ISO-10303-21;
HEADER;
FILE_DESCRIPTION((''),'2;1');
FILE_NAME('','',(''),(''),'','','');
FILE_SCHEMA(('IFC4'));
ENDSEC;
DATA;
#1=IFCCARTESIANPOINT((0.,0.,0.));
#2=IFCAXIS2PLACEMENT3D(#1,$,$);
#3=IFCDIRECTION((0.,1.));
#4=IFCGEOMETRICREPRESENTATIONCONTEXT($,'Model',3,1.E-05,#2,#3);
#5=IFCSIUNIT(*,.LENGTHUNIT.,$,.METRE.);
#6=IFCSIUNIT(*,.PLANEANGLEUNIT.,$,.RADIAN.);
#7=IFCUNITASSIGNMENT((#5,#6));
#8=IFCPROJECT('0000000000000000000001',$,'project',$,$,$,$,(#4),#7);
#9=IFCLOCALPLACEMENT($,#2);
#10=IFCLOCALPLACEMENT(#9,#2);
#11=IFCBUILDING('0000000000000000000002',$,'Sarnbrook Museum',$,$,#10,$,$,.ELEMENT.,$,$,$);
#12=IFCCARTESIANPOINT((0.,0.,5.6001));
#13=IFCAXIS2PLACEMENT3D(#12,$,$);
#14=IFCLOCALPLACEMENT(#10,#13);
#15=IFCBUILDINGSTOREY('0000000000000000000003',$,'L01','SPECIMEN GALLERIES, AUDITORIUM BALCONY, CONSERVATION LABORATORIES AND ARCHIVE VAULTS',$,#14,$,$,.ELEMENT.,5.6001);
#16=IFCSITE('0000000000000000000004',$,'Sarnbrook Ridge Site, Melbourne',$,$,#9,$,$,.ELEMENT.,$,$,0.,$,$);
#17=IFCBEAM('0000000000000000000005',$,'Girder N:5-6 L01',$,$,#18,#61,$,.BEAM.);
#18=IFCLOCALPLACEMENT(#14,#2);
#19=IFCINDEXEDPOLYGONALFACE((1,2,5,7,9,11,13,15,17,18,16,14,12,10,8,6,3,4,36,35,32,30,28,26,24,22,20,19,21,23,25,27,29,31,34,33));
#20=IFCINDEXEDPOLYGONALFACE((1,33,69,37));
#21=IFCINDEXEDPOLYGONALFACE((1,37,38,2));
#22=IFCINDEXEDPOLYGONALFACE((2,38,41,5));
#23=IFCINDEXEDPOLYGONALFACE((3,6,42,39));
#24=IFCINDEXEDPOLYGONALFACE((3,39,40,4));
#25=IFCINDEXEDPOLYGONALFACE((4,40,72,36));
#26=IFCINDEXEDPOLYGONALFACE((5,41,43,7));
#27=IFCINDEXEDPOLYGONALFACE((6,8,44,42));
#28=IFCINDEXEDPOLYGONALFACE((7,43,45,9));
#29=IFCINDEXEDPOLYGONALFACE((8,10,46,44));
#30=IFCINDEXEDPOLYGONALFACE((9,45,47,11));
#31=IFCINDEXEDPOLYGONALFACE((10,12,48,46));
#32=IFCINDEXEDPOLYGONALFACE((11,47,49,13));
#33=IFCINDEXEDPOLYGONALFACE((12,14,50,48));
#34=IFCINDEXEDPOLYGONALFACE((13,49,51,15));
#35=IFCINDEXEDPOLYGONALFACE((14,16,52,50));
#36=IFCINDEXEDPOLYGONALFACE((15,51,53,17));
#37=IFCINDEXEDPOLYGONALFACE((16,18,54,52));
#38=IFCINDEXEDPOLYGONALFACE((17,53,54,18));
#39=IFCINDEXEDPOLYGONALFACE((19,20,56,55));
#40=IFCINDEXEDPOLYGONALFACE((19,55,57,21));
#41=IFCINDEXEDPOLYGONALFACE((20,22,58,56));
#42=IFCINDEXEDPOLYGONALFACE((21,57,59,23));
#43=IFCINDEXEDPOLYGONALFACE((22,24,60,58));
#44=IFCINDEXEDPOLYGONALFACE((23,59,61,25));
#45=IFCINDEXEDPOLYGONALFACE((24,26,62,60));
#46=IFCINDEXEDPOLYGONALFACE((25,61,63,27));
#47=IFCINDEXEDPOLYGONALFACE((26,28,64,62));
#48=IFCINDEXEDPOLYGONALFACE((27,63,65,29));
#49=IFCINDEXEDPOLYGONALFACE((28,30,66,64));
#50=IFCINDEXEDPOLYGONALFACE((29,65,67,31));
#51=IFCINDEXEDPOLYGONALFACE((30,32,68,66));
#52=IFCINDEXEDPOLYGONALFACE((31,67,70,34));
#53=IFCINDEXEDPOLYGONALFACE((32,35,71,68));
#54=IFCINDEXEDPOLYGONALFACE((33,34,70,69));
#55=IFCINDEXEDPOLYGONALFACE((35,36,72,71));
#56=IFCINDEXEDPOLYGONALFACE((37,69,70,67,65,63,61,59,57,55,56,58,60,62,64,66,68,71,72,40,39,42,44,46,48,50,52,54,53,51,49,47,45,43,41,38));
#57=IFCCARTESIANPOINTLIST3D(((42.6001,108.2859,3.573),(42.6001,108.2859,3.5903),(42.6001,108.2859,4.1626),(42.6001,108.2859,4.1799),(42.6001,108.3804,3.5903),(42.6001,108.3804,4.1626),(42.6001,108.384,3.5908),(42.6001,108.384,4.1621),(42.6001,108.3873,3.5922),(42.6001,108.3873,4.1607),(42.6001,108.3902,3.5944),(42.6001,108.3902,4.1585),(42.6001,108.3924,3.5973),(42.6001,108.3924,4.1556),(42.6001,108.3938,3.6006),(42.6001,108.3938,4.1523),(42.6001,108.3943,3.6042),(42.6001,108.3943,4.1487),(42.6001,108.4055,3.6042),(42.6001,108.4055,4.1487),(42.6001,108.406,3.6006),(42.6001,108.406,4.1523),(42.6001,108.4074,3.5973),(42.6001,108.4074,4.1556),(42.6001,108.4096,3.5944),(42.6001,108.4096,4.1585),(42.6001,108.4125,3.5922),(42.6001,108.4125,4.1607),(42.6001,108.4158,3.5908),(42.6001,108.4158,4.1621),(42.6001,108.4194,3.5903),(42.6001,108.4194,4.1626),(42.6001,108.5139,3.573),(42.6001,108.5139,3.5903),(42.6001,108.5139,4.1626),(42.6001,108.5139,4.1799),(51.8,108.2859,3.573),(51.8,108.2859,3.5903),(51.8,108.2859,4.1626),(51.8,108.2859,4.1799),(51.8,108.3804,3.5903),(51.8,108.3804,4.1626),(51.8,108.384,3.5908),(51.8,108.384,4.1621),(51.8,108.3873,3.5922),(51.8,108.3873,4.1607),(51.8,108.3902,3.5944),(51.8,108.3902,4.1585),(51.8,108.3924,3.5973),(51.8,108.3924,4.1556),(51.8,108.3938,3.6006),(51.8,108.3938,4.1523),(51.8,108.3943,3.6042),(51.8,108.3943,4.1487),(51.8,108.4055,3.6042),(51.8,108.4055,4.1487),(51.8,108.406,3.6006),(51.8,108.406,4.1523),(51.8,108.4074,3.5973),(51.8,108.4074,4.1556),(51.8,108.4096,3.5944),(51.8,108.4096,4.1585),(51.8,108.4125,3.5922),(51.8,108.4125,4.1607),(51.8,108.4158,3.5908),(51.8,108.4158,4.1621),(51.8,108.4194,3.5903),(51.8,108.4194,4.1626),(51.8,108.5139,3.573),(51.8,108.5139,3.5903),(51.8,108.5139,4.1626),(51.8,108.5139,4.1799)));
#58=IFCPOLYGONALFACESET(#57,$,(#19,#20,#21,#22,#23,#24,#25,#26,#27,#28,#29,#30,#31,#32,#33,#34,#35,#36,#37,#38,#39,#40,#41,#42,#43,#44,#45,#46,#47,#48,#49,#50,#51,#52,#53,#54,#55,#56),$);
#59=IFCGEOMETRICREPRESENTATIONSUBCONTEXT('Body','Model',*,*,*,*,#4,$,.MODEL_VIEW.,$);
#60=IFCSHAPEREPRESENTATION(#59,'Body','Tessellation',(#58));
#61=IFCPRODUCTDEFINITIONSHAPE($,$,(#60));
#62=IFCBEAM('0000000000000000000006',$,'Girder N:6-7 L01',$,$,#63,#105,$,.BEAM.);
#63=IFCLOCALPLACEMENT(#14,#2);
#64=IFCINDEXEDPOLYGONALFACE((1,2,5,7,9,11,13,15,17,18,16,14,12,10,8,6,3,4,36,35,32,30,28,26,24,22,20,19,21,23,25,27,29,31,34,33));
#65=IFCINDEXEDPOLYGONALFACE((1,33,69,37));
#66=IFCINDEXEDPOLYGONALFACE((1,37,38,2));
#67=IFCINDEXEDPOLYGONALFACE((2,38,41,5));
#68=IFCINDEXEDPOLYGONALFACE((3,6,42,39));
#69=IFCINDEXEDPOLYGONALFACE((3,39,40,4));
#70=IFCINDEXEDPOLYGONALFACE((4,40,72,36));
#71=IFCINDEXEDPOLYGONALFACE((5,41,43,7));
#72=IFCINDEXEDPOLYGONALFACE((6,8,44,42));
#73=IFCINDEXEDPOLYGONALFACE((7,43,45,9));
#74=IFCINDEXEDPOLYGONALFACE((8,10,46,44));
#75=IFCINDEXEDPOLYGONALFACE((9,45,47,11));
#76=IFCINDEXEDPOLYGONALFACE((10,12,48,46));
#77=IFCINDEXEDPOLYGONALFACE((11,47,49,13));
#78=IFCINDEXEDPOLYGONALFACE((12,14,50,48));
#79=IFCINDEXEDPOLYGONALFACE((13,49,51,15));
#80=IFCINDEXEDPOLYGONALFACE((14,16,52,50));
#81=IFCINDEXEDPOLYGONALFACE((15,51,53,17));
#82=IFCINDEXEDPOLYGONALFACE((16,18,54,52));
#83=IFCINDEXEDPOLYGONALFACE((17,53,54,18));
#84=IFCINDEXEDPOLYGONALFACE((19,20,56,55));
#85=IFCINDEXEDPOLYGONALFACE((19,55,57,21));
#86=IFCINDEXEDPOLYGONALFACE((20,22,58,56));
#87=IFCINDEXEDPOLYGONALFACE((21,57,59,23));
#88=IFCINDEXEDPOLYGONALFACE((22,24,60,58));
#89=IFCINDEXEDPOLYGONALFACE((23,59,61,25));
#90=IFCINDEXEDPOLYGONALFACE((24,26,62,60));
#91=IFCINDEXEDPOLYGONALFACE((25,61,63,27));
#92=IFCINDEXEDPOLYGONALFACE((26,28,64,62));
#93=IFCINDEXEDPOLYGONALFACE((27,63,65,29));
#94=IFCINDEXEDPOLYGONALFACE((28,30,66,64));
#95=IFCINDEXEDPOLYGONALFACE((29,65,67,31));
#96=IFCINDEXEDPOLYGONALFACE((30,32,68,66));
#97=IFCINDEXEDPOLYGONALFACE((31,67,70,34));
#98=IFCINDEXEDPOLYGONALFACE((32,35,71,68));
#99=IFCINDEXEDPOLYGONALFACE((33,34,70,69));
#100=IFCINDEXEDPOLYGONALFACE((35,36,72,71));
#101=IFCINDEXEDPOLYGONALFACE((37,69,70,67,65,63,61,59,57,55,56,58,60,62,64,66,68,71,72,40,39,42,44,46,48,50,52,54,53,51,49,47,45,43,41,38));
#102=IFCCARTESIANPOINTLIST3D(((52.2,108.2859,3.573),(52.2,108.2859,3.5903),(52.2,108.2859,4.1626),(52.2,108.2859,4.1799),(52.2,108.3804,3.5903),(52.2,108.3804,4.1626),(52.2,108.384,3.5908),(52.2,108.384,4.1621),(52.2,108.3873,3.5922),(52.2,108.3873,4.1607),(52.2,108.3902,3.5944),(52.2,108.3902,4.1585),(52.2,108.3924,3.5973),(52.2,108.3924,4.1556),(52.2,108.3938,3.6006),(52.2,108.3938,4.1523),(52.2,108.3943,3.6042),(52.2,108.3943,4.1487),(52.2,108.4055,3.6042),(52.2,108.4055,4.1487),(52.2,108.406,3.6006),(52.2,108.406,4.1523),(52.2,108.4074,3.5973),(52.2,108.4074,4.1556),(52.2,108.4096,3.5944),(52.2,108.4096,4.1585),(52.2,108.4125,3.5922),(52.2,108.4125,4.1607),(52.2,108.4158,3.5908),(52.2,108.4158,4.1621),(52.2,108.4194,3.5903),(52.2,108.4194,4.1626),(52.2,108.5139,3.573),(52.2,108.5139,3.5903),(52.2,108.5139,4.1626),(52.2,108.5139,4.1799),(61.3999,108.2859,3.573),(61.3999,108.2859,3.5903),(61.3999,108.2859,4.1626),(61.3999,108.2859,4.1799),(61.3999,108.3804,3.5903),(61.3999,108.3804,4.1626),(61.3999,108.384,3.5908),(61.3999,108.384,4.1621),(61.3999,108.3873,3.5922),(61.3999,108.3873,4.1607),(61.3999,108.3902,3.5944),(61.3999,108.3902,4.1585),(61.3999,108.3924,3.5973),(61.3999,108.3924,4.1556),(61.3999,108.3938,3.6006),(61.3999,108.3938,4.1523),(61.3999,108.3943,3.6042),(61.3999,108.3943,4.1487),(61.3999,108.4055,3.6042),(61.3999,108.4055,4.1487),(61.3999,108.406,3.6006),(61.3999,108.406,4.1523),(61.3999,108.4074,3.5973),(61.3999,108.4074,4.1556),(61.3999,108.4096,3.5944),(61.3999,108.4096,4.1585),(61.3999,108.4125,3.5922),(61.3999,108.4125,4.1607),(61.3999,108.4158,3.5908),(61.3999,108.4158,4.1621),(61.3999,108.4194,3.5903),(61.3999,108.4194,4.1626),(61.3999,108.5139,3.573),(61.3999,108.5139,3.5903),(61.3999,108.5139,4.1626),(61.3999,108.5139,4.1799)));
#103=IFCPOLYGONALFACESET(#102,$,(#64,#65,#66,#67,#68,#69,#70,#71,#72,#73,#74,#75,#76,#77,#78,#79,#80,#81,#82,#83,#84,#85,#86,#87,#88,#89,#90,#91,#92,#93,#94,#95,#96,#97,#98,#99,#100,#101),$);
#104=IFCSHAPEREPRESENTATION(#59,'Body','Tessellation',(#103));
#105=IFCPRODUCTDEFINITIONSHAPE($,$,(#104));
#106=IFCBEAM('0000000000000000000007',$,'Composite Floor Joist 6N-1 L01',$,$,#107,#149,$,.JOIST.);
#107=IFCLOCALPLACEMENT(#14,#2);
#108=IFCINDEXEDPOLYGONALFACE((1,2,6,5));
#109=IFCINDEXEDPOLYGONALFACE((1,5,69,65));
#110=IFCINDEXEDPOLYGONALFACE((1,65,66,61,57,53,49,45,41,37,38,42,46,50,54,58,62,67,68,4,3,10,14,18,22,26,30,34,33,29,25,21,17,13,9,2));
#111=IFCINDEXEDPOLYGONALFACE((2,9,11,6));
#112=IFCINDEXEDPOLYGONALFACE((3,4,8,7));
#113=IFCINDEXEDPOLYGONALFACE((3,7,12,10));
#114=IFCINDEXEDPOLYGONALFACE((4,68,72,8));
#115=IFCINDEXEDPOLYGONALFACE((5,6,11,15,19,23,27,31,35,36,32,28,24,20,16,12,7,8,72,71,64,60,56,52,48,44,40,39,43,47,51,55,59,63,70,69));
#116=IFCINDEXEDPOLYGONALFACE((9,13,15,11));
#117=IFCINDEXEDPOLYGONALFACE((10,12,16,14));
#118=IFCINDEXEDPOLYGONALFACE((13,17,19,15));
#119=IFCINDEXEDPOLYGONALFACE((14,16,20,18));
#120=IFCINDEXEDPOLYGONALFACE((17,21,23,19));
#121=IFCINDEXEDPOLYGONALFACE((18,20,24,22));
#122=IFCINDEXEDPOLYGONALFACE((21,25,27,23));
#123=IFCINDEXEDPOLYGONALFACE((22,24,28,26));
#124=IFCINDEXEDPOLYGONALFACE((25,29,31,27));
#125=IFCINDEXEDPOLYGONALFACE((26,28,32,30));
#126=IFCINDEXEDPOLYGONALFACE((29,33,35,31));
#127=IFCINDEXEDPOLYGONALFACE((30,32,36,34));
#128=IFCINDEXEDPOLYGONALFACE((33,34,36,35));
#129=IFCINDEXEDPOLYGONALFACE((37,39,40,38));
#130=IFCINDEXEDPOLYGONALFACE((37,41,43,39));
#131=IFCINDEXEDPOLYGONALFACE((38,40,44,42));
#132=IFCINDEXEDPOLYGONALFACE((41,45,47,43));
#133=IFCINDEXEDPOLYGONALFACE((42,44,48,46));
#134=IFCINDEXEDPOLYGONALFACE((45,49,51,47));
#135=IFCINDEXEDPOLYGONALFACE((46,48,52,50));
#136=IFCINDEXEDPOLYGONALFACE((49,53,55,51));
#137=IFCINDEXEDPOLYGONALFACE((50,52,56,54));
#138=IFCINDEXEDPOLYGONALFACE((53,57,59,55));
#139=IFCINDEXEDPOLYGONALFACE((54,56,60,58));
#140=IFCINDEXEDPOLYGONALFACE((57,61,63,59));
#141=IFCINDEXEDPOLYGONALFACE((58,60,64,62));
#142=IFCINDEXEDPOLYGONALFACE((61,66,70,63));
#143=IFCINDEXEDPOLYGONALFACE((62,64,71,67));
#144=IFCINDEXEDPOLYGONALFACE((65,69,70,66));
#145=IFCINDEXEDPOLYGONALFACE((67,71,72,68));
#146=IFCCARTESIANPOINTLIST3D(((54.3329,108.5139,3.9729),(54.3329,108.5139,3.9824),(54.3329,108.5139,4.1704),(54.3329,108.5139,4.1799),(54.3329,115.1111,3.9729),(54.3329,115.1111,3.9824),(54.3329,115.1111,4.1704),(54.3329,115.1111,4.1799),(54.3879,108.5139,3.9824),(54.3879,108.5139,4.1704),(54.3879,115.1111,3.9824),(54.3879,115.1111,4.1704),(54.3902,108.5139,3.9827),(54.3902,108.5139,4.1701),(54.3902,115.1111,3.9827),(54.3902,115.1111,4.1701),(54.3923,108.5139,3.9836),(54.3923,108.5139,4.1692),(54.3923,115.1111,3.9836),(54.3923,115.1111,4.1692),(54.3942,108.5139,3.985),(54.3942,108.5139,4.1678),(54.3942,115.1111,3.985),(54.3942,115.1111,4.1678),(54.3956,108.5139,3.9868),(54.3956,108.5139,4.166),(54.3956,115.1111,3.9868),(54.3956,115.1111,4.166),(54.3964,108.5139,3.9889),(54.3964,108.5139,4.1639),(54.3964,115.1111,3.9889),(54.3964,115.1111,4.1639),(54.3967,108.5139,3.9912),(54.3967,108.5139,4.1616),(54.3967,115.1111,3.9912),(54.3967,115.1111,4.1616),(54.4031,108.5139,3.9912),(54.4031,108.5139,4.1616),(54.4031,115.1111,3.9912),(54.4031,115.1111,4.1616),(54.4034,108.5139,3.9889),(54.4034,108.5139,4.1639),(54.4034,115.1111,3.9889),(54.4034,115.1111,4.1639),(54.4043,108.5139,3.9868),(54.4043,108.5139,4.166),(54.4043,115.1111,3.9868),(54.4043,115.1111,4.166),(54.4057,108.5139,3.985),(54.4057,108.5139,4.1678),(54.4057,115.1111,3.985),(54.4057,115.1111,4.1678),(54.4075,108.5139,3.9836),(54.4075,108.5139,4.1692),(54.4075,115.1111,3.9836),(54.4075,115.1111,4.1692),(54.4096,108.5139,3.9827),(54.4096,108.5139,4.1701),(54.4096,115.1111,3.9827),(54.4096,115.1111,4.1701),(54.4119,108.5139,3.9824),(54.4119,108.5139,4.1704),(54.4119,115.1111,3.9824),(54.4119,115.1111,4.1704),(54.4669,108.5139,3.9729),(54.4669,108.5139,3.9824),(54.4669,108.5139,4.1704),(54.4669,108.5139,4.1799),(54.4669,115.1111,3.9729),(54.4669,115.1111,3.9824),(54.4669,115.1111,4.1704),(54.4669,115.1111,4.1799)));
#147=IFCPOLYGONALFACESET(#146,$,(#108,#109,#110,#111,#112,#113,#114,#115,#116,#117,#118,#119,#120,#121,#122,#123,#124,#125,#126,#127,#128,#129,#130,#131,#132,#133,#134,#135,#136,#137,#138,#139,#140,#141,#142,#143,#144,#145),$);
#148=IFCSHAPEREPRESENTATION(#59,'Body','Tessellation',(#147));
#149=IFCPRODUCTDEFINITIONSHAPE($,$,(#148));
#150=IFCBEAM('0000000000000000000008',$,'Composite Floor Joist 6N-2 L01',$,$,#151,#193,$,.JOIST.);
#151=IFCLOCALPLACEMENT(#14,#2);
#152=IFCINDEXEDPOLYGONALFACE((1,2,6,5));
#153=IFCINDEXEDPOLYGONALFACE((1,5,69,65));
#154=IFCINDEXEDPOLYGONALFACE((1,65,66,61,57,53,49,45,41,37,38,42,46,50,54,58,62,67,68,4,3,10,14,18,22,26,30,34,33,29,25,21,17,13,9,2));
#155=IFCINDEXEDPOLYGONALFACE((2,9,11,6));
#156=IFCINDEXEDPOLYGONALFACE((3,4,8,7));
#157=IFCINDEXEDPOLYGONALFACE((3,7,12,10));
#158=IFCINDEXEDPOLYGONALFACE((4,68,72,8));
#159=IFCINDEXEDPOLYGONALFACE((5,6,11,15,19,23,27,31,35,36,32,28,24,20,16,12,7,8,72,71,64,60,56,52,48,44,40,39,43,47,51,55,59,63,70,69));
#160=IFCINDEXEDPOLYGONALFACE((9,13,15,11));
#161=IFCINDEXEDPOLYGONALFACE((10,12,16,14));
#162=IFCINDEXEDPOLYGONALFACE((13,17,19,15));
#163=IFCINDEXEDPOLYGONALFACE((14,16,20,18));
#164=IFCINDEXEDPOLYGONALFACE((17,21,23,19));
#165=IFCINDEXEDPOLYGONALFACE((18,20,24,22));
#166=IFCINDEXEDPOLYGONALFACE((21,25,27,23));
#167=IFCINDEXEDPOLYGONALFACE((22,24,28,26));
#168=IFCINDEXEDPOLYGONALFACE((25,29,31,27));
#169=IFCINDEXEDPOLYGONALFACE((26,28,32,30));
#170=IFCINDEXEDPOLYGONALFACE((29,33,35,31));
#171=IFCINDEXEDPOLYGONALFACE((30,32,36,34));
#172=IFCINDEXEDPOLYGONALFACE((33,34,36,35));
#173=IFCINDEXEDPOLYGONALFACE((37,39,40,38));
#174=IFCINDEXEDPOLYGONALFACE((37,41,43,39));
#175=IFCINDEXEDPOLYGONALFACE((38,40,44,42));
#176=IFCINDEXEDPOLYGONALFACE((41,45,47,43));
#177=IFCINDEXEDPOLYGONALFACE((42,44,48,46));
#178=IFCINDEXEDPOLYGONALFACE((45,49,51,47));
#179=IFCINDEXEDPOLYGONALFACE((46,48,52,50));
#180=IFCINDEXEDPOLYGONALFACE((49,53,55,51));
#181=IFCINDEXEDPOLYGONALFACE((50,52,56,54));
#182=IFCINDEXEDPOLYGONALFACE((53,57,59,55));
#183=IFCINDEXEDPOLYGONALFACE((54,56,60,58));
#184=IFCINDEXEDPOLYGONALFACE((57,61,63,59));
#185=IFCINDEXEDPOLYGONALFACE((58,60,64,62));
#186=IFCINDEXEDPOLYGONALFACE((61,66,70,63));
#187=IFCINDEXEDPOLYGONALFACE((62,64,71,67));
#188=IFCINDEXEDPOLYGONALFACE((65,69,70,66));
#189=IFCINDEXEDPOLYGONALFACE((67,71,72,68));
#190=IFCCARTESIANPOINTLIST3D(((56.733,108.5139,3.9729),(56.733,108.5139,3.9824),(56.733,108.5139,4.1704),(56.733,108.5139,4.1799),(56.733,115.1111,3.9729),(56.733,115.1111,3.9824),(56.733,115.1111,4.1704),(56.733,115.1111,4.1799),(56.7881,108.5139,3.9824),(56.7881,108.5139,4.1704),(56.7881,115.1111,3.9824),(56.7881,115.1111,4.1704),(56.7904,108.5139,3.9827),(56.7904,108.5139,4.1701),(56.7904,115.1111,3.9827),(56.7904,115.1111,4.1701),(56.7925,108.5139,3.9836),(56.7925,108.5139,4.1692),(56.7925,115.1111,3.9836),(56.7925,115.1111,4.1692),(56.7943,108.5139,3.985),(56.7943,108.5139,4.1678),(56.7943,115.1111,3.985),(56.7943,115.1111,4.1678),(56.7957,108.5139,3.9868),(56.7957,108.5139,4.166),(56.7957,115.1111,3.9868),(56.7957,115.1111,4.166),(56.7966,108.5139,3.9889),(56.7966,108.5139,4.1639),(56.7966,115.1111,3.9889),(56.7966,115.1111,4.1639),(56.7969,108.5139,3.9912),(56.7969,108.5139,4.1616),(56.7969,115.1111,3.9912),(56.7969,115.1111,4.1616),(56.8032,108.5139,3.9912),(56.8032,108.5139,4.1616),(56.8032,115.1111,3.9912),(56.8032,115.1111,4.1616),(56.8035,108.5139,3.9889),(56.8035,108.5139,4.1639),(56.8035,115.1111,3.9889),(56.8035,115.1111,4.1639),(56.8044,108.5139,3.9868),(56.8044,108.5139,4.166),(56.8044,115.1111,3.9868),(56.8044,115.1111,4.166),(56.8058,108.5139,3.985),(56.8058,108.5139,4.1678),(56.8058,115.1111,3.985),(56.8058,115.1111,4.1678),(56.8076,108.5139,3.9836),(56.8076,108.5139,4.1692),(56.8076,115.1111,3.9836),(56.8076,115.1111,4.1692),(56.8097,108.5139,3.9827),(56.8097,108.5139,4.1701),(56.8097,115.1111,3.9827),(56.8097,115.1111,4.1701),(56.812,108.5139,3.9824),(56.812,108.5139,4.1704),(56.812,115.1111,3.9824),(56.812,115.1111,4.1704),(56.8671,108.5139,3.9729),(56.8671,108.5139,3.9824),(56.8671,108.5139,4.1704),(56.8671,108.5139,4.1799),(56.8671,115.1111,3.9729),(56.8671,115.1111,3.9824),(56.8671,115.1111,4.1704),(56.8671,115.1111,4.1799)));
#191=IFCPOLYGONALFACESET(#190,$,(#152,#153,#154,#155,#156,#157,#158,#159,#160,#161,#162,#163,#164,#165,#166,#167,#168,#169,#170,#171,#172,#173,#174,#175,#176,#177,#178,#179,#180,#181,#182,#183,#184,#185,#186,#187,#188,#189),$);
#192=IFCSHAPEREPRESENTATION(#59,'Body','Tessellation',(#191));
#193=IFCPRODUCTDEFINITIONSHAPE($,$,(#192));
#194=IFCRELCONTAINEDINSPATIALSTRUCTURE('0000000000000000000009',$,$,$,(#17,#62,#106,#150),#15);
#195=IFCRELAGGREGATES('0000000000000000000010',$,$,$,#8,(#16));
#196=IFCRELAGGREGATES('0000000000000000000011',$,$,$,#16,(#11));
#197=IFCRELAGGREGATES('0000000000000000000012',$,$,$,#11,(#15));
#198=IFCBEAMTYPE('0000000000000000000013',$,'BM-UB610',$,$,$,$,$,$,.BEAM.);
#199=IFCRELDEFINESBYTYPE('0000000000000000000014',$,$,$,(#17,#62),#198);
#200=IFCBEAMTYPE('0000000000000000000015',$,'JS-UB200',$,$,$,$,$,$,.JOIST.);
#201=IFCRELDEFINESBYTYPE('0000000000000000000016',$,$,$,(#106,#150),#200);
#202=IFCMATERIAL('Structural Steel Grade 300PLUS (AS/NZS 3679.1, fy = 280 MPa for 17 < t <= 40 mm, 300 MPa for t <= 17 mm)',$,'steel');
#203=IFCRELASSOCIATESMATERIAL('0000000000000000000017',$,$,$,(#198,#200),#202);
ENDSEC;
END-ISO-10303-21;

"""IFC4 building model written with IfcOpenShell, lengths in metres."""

from ifc_helpers import new_model, si_unit, direction, frame, origin, origin_2d, place, context, subcontext, project, spatial, i_section, extrude, material, material_profile, profile_set, type_object, element, save


model = new_model("IFC4")

# Units and contexts
model_context = context("Model", 3, precision=1e-05, world=origin(), true_north=direction((0.0, 1.0)))
body_context = subcontext(model_context, "Body", "Model", "MODEL_VIEW")
ifc_project = project(units=[si_unit("LENGTHUNIT", "METRE"), si_unit("PLANEANGLEUNIT", "RADIAN")], contexts=[model_context])

# Site, building, storey
site_placement = place(None, origin())
site = spatial("IfcSite", under=ifc_project, at=site_placement, Name="Sarnbrook Ridge Site, Melbourne", CompositionType="ELEMENT", RefElevation=0.0)
building_placement = place(site_placement, origin())
building = spatial("IfcBuilding", under=site, at=building_placement, Name="Sarnbrook Museum", CompositionType="ELEMENT")
storey_placement = place(building_placement, frame((0.0, 0.0, 5.6001)))
storey = spatial("IfcBuildingStorey", under=building, at=storey_placement, Name="L01", Description="SPECIMEN GALLERIES, AUDITORIUM BALCONY, CONSERVATION LABORATORIES AND ARCHIVE VAULTS", CompositionType="ELEMENT", Elevation=5.6001)

# Beams
ifc_material_1 = material(Name="Structural Steel Grade 300PLUS (AS/NZS 3679.1, fy = 280 MPa for 17 < t <= 40 mm, 300 MPa for t <= 17 mm)", Category="steel")
ifc_material_profile_1 = material_profile(ifc_material_1, i_section(OverallWidth=0.228, OverallDepth=0.6069, WebThickness=0.0112, FlangeThickness=0.0173, FilletRadius=0.0139, at=origin_2d()), Name="610UB113")
ifc_profile_set_1 = profile_set([ifc_material_profile_1], Name="Structural Steel Grade 300PLUS (AS/NZS 3679.1, fy = 280 MPa for 17 < t <= 40 mm, 300 MPa for t <= 17 mm)")
beam_type_1 = type_object("IfcBeamType", Name="BM-UB610", PredefinedType="BEAM", material=ifc_profile_set_1)
for number, where, z_axis, x_axis, name in (
    (1, (42.6001, 108.3999, 3.8765), (1.0, 0.0, 0.0), (0.0, 1.0, 0.0), "Girder N:5-6 L01"),
    (2, (52.2, 108.3999, 3.8765), (1.0, 0.0, 0.0), (0.0, 1.0, 0.0), "Girder N:6-7 L01"),
):
    element("IfcBeam", number, at=place(storey_placement, frame(where, z_axis=z_axis, x_axis=x_axis)), inside=storey, type_object=beam_type_1, Name=name, PredefinedType="BEAM", context=body_context, shape_type="SweptSolid", body=[
        extrude(i_section(OverallWidth=0.228, OverallDepth=0.6069, WebThickness=0.0112, FlangeThickness=0.0173, FilletRadius=0.0139, at=origin_2d()), origin(), (0.0, 0.0, 1.0), 9.2),
    ])
ifc_material_profile_2 = material_profile(ifc_material_1, i_section(OverallWidth=0.134, OverallDepth=0.207, WebThickness=0.0063, FlangeThickness=0.0095, FilletRadius=0.0088, at=origin_2d()), Name="200UB29.8")
ifc_profile_set_2 = profile_set([ifc_material_profile_2], Name="Structural Steel Grade 300PLUS (AS/NZS 3679.1, fy = 280 MPa for 17 < t <= 40 mm, 300 MPa for t <= 17 mm)")
beam_type_2 = type_object("IfcBeamType", Name="JS-UB200", PredefinedType="JOIST", material=ifc_profile_set_2)
for number, where, z_axis, x_axis, name in (
    (3, (54.3999, 108.5139, 4.0764), (0.0, 1.0, 0.0), (-1.0, 0.0, 0.0), "Composite Floor Joist 6N-1 L01"),
    (4, (56.8, 108.5139, 4.0764), (0.0, 1.0, 0.0), (-1.0, 0.0, 0.0), "Composite Floor Joist 6N-2 L01"),
):
    element("IfcBeam", number, at=place(storey_placement, frame(where, z_axis=z_axis, x_axis=x_axis)), inside=storey, type_object=beam_type_2, Name=name, PredefinedType="JOIST", context=body_context, shape_type="SweptSolid", body=[
        extrude(i_section(OverallWidth=0.134, OverallDepth=0.207, WebThickness=0.0063, FlangeThickness=0.0095, FilletRadius=0.0088, at=origin_2d()), origin(), (0.0, 0.0, 1.0), 6.5972),
    ])

save(model, "model.ifc")
